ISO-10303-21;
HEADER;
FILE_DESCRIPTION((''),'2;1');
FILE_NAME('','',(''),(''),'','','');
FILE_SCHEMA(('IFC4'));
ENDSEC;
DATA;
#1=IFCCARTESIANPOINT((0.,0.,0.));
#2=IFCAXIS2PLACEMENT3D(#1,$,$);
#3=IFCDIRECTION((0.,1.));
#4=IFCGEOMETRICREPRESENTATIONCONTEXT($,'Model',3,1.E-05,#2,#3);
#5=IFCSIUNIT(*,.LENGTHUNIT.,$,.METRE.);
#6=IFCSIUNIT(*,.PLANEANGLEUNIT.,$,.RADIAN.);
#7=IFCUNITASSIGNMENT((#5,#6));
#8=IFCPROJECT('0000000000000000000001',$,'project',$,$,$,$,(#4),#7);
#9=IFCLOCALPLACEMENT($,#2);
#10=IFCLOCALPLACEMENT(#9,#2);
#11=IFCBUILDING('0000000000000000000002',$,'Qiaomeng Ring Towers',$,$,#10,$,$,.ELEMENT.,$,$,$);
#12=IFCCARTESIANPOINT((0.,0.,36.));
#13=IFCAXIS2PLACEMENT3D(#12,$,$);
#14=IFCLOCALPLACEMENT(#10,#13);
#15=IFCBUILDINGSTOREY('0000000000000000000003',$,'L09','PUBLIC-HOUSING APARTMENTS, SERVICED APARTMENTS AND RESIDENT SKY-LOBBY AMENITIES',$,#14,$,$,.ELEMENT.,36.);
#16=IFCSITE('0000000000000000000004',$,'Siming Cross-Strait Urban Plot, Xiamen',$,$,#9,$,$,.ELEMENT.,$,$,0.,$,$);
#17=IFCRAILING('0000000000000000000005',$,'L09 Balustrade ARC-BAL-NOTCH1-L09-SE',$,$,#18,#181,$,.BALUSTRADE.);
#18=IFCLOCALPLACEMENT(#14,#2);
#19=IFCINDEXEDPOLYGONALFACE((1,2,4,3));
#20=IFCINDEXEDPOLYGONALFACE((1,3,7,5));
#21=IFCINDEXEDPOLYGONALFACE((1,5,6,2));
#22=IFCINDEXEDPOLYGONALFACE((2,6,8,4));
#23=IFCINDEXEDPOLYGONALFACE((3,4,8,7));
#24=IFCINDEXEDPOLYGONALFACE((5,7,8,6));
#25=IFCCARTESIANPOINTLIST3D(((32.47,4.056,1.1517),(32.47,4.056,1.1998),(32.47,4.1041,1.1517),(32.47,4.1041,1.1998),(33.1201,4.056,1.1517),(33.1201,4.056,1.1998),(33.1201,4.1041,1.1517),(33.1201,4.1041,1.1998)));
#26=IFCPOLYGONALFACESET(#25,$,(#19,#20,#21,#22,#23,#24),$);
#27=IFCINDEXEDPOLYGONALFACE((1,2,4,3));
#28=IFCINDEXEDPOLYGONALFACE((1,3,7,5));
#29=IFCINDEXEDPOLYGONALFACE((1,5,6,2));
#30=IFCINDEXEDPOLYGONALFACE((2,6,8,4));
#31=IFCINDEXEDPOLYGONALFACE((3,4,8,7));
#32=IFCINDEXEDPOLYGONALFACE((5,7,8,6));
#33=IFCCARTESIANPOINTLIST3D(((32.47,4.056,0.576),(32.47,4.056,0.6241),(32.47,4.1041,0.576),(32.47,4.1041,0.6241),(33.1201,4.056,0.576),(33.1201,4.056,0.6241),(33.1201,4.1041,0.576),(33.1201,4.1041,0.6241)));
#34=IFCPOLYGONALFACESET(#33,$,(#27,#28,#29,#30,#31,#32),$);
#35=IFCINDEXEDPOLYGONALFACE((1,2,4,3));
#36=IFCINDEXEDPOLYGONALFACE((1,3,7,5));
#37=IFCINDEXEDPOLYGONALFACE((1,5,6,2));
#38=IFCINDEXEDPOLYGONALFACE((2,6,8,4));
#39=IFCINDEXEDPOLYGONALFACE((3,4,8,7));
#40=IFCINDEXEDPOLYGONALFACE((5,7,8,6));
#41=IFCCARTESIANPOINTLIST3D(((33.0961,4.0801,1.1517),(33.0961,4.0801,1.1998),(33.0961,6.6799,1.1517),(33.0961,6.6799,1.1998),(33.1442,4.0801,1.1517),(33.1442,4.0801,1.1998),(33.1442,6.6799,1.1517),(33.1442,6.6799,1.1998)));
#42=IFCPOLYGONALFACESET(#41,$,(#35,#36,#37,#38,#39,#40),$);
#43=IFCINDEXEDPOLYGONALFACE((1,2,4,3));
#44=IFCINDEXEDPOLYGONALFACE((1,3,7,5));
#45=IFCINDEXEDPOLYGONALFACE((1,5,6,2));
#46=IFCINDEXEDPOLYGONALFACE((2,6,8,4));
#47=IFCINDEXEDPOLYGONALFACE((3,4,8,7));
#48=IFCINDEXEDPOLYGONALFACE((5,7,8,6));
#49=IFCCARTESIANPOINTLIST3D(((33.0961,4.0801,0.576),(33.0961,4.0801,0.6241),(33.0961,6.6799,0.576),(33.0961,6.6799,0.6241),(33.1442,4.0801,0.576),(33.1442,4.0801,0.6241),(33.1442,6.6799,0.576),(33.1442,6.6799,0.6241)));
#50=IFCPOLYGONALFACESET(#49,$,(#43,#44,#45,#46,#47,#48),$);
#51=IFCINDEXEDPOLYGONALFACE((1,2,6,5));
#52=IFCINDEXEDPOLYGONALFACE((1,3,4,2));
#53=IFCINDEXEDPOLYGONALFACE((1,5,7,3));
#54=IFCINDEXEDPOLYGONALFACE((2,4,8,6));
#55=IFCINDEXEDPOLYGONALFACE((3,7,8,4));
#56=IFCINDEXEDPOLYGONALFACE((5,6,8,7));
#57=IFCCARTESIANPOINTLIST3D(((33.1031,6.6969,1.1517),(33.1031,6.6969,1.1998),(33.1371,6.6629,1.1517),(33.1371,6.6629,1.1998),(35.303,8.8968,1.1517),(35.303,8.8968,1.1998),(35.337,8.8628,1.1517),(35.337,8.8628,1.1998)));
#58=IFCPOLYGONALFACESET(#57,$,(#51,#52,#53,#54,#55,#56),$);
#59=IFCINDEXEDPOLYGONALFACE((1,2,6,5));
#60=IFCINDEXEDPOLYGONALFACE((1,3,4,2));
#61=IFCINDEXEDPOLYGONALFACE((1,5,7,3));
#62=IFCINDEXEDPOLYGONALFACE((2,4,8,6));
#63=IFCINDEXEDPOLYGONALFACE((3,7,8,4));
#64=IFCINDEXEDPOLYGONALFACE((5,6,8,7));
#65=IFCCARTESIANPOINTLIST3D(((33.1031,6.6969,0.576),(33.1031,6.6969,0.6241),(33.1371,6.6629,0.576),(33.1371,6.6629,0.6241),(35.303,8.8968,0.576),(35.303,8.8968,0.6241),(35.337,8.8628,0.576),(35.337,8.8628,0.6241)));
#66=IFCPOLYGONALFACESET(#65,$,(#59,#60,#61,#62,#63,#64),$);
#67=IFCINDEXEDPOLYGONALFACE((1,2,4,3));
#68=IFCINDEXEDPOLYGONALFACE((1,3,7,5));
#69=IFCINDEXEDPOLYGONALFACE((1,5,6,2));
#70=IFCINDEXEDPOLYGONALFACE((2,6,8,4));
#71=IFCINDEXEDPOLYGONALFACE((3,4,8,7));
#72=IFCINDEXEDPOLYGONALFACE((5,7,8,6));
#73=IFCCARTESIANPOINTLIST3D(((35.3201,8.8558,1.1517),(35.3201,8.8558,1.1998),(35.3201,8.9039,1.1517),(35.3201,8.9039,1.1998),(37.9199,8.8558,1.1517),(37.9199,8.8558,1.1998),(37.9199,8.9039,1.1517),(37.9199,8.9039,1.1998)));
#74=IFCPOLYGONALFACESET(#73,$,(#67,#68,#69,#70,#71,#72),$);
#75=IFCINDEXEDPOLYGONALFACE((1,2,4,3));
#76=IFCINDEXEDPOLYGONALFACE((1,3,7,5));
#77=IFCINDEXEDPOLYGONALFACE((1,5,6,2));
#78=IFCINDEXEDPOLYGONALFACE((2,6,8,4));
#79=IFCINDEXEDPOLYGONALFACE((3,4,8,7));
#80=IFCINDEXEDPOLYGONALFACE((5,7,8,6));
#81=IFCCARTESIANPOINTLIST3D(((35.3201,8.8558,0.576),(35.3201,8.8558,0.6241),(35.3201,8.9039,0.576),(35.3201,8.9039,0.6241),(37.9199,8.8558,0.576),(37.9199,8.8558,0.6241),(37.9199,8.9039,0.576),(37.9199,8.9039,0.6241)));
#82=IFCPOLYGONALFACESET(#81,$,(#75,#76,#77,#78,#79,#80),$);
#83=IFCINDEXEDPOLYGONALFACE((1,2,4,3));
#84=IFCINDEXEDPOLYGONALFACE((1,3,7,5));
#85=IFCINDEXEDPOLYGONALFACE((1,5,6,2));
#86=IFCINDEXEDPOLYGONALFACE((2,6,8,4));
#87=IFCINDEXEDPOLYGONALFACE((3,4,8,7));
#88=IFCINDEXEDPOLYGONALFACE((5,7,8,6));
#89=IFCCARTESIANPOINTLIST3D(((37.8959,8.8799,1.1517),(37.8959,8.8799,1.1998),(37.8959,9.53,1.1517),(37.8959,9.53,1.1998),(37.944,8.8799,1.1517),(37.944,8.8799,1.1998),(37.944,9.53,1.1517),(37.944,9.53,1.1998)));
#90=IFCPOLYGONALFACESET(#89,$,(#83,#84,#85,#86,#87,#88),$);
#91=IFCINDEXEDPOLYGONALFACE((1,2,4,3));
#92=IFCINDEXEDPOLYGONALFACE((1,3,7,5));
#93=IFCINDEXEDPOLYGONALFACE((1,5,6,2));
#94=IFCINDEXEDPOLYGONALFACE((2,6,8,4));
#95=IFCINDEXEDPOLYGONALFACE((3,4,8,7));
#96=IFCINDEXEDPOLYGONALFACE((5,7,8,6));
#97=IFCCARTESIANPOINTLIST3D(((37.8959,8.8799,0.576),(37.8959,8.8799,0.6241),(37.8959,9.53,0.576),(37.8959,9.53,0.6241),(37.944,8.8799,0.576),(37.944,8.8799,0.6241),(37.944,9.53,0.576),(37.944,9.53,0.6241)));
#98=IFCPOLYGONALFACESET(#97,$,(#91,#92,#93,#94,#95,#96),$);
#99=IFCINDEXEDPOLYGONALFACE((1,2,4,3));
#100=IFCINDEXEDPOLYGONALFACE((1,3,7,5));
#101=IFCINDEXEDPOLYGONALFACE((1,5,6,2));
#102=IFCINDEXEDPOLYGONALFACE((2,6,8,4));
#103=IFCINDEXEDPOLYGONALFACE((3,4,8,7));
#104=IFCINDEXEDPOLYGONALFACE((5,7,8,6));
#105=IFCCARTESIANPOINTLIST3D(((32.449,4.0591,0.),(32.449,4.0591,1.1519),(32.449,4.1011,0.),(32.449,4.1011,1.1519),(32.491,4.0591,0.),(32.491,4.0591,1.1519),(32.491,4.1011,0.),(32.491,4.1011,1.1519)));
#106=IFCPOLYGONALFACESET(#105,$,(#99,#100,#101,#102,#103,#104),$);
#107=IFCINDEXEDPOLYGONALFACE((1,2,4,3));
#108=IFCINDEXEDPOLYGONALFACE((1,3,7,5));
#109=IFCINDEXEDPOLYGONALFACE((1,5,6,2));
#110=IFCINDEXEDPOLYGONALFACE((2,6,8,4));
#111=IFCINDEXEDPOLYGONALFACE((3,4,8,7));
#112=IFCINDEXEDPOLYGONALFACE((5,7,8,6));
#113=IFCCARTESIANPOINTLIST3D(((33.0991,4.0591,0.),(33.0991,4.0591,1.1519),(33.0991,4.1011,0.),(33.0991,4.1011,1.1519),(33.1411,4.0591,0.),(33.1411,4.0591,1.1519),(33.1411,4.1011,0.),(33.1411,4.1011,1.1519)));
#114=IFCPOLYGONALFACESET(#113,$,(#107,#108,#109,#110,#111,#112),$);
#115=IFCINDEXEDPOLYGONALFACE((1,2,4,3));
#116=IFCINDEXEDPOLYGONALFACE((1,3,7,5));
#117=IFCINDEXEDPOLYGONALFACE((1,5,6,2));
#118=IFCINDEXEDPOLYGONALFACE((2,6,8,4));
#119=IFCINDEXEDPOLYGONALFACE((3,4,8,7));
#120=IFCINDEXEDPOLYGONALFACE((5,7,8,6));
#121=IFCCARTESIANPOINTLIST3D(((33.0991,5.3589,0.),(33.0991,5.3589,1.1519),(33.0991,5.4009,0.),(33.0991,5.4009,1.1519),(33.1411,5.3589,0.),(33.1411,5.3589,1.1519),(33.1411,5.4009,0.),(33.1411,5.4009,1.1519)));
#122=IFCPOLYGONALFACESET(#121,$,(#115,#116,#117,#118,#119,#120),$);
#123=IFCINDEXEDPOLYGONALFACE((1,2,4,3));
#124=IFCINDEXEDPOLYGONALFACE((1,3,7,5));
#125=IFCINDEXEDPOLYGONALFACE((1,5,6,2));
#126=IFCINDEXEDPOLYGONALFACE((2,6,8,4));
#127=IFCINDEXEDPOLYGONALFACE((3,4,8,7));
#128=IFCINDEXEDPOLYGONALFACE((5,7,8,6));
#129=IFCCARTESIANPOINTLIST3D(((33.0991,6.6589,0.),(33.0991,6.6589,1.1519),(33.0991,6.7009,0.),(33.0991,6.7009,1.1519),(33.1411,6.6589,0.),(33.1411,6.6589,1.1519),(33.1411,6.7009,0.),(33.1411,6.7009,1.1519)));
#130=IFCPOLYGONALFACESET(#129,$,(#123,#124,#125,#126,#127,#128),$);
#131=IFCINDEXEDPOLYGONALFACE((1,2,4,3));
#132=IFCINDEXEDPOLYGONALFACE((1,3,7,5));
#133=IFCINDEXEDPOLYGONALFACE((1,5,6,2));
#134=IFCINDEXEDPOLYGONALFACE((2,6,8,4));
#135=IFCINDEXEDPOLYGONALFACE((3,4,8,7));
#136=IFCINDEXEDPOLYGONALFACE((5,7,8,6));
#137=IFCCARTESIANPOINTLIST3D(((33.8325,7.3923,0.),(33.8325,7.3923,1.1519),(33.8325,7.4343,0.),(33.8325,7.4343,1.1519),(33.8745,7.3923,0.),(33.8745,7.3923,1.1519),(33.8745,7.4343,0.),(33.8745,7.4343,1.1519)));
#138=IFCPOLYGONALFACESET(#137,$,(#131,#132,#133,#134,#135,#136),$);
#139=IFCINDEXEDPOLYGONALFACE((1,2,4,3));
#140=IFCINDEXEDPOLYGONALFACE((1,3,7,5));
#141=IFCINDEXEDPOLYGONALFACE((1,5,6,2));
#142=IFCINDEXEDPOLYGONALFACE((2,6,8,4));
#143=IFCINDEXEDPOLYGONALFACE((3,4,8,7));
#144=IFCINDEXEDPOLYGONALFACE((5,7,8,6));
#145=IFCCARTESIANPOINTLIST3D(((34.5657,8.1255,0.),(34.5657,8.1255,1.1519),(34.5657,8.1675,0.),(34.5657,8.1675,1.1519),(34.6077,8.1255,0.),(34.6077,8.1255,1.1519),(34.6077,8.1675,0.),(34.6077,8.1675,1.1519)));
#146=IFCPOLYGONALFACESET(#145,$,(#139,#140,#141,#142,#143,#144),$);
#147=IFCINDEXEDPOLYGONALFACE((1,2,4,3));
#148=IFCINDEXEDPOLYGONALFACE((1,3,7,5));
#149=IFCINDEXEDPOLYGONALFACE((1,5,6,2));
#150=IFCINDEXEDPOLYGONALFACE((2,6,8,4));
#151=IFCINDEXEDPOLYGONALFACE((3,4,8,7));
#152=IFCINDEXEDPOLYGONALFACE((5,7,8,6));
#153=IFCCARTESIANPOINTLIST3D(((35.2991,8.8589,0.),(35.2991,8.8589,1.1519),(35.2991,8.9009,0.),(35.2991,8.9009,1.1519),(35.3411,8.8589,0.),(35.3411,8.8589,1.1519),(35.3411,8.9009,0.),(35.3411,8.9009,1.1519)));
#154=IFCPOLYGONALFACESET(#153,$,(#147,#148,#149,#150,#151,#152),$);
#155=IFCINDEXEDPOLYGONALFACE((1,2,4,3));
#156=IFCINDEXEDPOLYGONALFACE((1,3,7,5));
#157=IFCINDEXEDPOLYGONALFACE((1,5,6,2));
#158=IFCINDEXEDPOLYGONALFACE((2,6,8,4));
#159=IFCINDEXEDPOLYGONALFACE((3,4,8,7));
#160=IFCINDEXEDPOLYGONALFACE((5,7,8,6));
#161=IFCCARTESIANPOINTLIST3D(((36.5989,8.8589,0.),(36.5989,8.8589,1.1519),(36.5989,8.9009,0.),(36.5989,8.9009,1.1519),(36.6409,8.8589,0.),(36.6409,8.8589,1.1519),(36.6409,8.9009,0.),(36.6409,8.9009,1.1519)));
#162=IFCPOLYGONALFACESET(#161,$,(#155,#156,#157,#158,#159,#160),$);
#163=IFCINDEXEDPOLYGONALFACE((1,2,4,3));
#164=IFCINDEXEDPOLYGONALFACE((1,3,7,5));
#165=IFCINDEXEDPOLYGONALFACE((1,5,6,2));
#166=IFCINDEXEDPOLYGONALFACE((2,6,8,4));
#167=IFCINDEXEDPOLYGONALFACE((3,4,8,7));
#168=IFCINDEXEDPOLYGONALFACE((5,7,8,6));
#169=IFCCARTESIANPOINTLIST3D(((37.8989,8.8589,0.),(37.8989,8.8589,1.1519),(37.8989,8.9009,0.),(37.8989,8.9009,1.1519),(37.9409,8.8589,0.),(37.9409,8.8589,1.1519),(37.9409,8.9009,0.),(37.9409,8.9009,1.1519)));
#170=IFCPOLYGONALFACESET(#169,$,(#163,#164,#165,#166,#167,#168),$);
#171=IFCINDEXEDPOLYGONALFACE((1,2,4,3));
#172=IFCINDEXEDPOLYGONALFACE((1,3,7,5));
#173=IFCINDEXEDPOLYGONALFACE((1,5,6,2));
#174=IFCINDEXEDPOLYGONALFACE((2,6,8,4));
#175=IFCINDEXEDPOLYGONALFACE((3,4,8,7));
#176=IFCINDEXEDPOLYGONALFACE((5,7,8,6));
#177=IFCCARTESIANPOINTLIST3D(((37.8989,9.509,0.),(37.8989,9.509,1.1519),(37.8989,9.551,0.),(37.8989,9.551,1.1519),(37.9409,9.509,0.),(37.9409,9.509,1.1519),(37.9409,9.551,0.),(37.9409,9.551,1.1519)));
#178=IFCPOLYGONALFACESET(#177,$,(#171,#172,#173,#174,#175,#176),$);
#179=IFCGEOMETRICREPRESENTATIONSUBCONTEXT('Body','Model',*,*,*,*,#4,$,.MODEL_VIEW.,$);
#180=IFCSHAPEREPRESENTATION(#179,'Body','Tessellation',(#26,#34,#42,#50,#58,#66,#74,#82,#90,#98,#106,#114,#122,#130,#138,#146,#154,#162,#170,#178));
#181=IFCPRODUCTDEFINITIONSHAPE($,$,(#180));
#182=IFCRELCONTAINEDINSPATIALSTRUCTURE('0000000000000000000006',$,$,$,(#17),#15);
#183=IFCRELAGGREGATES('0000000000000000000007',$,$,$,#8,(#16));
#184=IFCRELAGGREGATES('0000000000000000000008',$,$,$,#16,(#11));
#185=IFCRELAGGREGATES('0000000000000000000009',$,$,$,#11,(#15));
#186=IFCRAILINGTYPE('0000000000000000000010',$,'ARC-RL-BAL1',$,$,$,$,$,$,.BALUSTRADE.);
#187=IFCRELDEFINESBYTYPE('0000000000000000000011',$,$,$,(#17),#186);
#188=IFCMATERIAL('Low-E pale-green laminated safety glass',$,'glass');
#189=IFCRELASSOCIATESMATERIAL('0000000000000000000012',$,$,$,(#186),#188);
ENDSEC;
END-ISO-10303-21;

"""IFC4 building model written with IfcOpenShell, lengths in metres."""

from ifc_helpers import new_model, si_unit, direction, frame, origin, origin_2d, place, context, subcontext, project, spatial, rectangle, extrude, material, type_object, element, save


model = new_model("IFC4")

# Units and contexts
model_context = context("Model", 3, precision=1e-05, world=origin(), true_north=direction((0.0, 1.0)))
body_context = subcontext(model_context, "Body", "Model", "MODEL_VIEW")
ifc_project = project(units=[si_unit("LENGTHUNIT", "METRE"), si_unit("PLANEANGLEUNIT", "RADIAN")], contexts=[model_context])

# Site, building, storey
site_placement = place(None, origin())
site = spatial("IfcSite", under=ifc_project, at=site_placement, Name="Siming Cross-Strait Urban Plot, Xiamen", CompositionType="ELEMENT", RefElevation=0.0)
building_placement = place(site_placement, origin())
building = spatial("IfcBuilding", under=site, at=building_placement, Name="Qiaomeng Ring Towers", CompositionType="ELEMENT")
storey_placement = place(building_placement, frame((0.0, 0.0, 36.0)))
storey = spatial("IfcBuildingStorey", under=building, at=storey_placement, Name="L09", Description="PUBLIC-HOUSING APARTMENTS, SERVICED APARTMENTS AND RESIDENT SKY-LOBBY AMENITIES", CompositionType="ELEMENT", Elevation=36.0)

# Railing
ifc_material_1 = material(Name="Low-E pale-green laminated safety glass", Category="glass")
railing_type = type_object("IfcRailingType", Name="ARC-RL-BAL1", PredefinedType="BALUSTRADE", material=ifc_material_1)
railing_placement = place(storey_placement, frame((32.47, 4.0801, 0.0)))
element("IfcRailing", 1, at=railing_placement, inside=storey, type_object=railing_type, Name="L09 Balustrade ARC-BAL-NOTCH1-L09-SE", PredefinedType="BALUSTRADE", context=body_context, shape_type="SweptSolid", body=[
    extrude(rectangle(XDim=0.0481, YDim=0.0481, at=origin_2d()), frame((0.0, 0.0, 1.1758), z_axis=(1.0, 0.0, 0.0), x_axis=(0.0, 1.0, 0.0)), (0.0, 0.0, 1.0), 0.6501),
    extrude(rectangle(XDim=0.0481, YDim=0.0481, at=origin_2d()), frame((0.0, 0.0, 0.6001), z_axis=(1.0, 0.0, 0.0), x_axis=(0.0, 1.0, 0.0)), (0.0, 0.0, 1.0), 0.6501),
    extrude(rectangle(XDim=0.0481, YDim=0.0481, at=origin_2d()), frame((0.6501, 0.0, 1.1758), z_axis=(0.0, 1.0, 0.0), x_axis=(-1.0, 0.0, 0.0)), (0.0, 0.0, 1.0), 2.5999),
    extrude(rectangle(XDim=0.0481, YDim=0.0481, at=origin_2d()), frame((0.6501, 0.0, 0.6001), z_axis=(0.0, 1.0, 0.0), x_axis=(-1.0, 0.0, 0.0)), (0.0, 0.0, 1.0), 2.5999),
    extrude(rectangle(XDim=0.0481, YDim=0.0481, at=origin_2d()), frame((0.6501, 2.5999, 1.1758), z_axis=(0.707107, 0.707107, 0.0), x_axis=(-0.707107, 0.707107, 0.0)), (0.0, 0.0, 1.0), 3.1111),
    extrude(rectangle(XDim=0.0481, YDim=0.0481, at=origin_2d()), frame((0.6501, 2.5999, 0.6001), z_axis=(0.707107, 0.707107, 0.0), x_axis=(-0.707107, 0.707107, 0.0)), (0.0, 0.0, 1.0), 3.1111),
    extrude(rectangle(XDim=0.0481, YDim=0.0481, at=origin_2d()), frame((2.8501, 4.7998, 1.1758), z_axis=(1.0, 0.0, 0.0), x_axis=(0.0, 1.0, 0.0)), (0.0, 0.0, 1.0), 2.5999),
    extrude(rectangle(XDim=0.0481, YDim=0.0481, at=origin_2d()), frame((2.8501, 4.7998, 0.6001), z_axis=(1.0, 0.0, 0.0), x_axis=(0.0, 1.0, 0.0)), (0.0, 0.0, 1.0), 2.5999),
    extrude(rectangle(XDim=0.0481, YDim=0.0481, at=origin_2d()), frame((5.45, 4.7998, 1.1758), z_axis=(0.0, 1.0, 0.0), x_axis=(-1.0, 0.0, 0.0)), (0.0, 0.0, 1.0), 0.6501),
    extrude(rectangle(XDim=0.0481, YDim=0.0481, at=origin_2d()), frame((5.45, 4.7998, 0.6001), z_axis=(0.0, 1.0, 0.0), x_axis=(-1.0, 0.0, 0.0)), (0.0, 0.0, 1.0), 0.6501),
    extrude(rectangle(XDim=0.042, YDim=0.042, at=origin_2d()), origin(), (0.0, 0.0, 1.0), 1.1519),
    extrude(rectangle(XDim=0.042, YDim=0.042, at=origin_2d()), frame((0.6501, 0.0, 0.0)), (0.0, 0.0, 1.0), 1.1519),
    extrude(rectangle(XDim=0.042, YDim=0.042, at=origin_2d()), frame((0.6501, 1.2998, 0.0)), (0.0, 0.0, 1.0), 1.1519),
    extrude(rectangle(XDim=0.042, YDim=0.042, at=origin_2d()), frame((0.6501, 2.5999, 0.0)), (0.0, 0.0, 1.0), 1.1519),
    extrude(rectangle(XDim=0.042, YDim=0.042, at=origin_2d()), frame((1.3835, 3.3333, 0.0)), (0.0, 0.0, 1.0), 1.1519),
    extrude(rectangle(XDim=0.042, YDim=0.042, at=origin_2d()), frame((2.1167, 4.0664, 0.0)), (0.0, 0.0, 1.0), 1.1519),
    extrude(rectangle(XDim=0.042, YDim=0.042, at=origin_2d()), frame((2.8501, 4.7998, 0.0)), (0.0, 0.0, 1.0), 1.1519),
    extrude(rectangle(XDim=0.042, YDim=0.042, at=origin_2d()), frame((4.1499, 4.7998, 0.0)), (0.0, 0.0, 1.0), 1.1519),
    extrude(rectangle(XDim=0.042, YDim=0.042, at=origin_2d()), frame((5.45, 4.7998, 0.0)), (0.0, 0.0, 1.0), 1.1519),
    extrude(rectangle(XDim=0.042, YDim=0.042, at=origin_2d()), frame((5.45, 5.45, 0.0)), (0.0, 0.0, 1.0), 1.1519),
])

save(model, "model.ifc")
